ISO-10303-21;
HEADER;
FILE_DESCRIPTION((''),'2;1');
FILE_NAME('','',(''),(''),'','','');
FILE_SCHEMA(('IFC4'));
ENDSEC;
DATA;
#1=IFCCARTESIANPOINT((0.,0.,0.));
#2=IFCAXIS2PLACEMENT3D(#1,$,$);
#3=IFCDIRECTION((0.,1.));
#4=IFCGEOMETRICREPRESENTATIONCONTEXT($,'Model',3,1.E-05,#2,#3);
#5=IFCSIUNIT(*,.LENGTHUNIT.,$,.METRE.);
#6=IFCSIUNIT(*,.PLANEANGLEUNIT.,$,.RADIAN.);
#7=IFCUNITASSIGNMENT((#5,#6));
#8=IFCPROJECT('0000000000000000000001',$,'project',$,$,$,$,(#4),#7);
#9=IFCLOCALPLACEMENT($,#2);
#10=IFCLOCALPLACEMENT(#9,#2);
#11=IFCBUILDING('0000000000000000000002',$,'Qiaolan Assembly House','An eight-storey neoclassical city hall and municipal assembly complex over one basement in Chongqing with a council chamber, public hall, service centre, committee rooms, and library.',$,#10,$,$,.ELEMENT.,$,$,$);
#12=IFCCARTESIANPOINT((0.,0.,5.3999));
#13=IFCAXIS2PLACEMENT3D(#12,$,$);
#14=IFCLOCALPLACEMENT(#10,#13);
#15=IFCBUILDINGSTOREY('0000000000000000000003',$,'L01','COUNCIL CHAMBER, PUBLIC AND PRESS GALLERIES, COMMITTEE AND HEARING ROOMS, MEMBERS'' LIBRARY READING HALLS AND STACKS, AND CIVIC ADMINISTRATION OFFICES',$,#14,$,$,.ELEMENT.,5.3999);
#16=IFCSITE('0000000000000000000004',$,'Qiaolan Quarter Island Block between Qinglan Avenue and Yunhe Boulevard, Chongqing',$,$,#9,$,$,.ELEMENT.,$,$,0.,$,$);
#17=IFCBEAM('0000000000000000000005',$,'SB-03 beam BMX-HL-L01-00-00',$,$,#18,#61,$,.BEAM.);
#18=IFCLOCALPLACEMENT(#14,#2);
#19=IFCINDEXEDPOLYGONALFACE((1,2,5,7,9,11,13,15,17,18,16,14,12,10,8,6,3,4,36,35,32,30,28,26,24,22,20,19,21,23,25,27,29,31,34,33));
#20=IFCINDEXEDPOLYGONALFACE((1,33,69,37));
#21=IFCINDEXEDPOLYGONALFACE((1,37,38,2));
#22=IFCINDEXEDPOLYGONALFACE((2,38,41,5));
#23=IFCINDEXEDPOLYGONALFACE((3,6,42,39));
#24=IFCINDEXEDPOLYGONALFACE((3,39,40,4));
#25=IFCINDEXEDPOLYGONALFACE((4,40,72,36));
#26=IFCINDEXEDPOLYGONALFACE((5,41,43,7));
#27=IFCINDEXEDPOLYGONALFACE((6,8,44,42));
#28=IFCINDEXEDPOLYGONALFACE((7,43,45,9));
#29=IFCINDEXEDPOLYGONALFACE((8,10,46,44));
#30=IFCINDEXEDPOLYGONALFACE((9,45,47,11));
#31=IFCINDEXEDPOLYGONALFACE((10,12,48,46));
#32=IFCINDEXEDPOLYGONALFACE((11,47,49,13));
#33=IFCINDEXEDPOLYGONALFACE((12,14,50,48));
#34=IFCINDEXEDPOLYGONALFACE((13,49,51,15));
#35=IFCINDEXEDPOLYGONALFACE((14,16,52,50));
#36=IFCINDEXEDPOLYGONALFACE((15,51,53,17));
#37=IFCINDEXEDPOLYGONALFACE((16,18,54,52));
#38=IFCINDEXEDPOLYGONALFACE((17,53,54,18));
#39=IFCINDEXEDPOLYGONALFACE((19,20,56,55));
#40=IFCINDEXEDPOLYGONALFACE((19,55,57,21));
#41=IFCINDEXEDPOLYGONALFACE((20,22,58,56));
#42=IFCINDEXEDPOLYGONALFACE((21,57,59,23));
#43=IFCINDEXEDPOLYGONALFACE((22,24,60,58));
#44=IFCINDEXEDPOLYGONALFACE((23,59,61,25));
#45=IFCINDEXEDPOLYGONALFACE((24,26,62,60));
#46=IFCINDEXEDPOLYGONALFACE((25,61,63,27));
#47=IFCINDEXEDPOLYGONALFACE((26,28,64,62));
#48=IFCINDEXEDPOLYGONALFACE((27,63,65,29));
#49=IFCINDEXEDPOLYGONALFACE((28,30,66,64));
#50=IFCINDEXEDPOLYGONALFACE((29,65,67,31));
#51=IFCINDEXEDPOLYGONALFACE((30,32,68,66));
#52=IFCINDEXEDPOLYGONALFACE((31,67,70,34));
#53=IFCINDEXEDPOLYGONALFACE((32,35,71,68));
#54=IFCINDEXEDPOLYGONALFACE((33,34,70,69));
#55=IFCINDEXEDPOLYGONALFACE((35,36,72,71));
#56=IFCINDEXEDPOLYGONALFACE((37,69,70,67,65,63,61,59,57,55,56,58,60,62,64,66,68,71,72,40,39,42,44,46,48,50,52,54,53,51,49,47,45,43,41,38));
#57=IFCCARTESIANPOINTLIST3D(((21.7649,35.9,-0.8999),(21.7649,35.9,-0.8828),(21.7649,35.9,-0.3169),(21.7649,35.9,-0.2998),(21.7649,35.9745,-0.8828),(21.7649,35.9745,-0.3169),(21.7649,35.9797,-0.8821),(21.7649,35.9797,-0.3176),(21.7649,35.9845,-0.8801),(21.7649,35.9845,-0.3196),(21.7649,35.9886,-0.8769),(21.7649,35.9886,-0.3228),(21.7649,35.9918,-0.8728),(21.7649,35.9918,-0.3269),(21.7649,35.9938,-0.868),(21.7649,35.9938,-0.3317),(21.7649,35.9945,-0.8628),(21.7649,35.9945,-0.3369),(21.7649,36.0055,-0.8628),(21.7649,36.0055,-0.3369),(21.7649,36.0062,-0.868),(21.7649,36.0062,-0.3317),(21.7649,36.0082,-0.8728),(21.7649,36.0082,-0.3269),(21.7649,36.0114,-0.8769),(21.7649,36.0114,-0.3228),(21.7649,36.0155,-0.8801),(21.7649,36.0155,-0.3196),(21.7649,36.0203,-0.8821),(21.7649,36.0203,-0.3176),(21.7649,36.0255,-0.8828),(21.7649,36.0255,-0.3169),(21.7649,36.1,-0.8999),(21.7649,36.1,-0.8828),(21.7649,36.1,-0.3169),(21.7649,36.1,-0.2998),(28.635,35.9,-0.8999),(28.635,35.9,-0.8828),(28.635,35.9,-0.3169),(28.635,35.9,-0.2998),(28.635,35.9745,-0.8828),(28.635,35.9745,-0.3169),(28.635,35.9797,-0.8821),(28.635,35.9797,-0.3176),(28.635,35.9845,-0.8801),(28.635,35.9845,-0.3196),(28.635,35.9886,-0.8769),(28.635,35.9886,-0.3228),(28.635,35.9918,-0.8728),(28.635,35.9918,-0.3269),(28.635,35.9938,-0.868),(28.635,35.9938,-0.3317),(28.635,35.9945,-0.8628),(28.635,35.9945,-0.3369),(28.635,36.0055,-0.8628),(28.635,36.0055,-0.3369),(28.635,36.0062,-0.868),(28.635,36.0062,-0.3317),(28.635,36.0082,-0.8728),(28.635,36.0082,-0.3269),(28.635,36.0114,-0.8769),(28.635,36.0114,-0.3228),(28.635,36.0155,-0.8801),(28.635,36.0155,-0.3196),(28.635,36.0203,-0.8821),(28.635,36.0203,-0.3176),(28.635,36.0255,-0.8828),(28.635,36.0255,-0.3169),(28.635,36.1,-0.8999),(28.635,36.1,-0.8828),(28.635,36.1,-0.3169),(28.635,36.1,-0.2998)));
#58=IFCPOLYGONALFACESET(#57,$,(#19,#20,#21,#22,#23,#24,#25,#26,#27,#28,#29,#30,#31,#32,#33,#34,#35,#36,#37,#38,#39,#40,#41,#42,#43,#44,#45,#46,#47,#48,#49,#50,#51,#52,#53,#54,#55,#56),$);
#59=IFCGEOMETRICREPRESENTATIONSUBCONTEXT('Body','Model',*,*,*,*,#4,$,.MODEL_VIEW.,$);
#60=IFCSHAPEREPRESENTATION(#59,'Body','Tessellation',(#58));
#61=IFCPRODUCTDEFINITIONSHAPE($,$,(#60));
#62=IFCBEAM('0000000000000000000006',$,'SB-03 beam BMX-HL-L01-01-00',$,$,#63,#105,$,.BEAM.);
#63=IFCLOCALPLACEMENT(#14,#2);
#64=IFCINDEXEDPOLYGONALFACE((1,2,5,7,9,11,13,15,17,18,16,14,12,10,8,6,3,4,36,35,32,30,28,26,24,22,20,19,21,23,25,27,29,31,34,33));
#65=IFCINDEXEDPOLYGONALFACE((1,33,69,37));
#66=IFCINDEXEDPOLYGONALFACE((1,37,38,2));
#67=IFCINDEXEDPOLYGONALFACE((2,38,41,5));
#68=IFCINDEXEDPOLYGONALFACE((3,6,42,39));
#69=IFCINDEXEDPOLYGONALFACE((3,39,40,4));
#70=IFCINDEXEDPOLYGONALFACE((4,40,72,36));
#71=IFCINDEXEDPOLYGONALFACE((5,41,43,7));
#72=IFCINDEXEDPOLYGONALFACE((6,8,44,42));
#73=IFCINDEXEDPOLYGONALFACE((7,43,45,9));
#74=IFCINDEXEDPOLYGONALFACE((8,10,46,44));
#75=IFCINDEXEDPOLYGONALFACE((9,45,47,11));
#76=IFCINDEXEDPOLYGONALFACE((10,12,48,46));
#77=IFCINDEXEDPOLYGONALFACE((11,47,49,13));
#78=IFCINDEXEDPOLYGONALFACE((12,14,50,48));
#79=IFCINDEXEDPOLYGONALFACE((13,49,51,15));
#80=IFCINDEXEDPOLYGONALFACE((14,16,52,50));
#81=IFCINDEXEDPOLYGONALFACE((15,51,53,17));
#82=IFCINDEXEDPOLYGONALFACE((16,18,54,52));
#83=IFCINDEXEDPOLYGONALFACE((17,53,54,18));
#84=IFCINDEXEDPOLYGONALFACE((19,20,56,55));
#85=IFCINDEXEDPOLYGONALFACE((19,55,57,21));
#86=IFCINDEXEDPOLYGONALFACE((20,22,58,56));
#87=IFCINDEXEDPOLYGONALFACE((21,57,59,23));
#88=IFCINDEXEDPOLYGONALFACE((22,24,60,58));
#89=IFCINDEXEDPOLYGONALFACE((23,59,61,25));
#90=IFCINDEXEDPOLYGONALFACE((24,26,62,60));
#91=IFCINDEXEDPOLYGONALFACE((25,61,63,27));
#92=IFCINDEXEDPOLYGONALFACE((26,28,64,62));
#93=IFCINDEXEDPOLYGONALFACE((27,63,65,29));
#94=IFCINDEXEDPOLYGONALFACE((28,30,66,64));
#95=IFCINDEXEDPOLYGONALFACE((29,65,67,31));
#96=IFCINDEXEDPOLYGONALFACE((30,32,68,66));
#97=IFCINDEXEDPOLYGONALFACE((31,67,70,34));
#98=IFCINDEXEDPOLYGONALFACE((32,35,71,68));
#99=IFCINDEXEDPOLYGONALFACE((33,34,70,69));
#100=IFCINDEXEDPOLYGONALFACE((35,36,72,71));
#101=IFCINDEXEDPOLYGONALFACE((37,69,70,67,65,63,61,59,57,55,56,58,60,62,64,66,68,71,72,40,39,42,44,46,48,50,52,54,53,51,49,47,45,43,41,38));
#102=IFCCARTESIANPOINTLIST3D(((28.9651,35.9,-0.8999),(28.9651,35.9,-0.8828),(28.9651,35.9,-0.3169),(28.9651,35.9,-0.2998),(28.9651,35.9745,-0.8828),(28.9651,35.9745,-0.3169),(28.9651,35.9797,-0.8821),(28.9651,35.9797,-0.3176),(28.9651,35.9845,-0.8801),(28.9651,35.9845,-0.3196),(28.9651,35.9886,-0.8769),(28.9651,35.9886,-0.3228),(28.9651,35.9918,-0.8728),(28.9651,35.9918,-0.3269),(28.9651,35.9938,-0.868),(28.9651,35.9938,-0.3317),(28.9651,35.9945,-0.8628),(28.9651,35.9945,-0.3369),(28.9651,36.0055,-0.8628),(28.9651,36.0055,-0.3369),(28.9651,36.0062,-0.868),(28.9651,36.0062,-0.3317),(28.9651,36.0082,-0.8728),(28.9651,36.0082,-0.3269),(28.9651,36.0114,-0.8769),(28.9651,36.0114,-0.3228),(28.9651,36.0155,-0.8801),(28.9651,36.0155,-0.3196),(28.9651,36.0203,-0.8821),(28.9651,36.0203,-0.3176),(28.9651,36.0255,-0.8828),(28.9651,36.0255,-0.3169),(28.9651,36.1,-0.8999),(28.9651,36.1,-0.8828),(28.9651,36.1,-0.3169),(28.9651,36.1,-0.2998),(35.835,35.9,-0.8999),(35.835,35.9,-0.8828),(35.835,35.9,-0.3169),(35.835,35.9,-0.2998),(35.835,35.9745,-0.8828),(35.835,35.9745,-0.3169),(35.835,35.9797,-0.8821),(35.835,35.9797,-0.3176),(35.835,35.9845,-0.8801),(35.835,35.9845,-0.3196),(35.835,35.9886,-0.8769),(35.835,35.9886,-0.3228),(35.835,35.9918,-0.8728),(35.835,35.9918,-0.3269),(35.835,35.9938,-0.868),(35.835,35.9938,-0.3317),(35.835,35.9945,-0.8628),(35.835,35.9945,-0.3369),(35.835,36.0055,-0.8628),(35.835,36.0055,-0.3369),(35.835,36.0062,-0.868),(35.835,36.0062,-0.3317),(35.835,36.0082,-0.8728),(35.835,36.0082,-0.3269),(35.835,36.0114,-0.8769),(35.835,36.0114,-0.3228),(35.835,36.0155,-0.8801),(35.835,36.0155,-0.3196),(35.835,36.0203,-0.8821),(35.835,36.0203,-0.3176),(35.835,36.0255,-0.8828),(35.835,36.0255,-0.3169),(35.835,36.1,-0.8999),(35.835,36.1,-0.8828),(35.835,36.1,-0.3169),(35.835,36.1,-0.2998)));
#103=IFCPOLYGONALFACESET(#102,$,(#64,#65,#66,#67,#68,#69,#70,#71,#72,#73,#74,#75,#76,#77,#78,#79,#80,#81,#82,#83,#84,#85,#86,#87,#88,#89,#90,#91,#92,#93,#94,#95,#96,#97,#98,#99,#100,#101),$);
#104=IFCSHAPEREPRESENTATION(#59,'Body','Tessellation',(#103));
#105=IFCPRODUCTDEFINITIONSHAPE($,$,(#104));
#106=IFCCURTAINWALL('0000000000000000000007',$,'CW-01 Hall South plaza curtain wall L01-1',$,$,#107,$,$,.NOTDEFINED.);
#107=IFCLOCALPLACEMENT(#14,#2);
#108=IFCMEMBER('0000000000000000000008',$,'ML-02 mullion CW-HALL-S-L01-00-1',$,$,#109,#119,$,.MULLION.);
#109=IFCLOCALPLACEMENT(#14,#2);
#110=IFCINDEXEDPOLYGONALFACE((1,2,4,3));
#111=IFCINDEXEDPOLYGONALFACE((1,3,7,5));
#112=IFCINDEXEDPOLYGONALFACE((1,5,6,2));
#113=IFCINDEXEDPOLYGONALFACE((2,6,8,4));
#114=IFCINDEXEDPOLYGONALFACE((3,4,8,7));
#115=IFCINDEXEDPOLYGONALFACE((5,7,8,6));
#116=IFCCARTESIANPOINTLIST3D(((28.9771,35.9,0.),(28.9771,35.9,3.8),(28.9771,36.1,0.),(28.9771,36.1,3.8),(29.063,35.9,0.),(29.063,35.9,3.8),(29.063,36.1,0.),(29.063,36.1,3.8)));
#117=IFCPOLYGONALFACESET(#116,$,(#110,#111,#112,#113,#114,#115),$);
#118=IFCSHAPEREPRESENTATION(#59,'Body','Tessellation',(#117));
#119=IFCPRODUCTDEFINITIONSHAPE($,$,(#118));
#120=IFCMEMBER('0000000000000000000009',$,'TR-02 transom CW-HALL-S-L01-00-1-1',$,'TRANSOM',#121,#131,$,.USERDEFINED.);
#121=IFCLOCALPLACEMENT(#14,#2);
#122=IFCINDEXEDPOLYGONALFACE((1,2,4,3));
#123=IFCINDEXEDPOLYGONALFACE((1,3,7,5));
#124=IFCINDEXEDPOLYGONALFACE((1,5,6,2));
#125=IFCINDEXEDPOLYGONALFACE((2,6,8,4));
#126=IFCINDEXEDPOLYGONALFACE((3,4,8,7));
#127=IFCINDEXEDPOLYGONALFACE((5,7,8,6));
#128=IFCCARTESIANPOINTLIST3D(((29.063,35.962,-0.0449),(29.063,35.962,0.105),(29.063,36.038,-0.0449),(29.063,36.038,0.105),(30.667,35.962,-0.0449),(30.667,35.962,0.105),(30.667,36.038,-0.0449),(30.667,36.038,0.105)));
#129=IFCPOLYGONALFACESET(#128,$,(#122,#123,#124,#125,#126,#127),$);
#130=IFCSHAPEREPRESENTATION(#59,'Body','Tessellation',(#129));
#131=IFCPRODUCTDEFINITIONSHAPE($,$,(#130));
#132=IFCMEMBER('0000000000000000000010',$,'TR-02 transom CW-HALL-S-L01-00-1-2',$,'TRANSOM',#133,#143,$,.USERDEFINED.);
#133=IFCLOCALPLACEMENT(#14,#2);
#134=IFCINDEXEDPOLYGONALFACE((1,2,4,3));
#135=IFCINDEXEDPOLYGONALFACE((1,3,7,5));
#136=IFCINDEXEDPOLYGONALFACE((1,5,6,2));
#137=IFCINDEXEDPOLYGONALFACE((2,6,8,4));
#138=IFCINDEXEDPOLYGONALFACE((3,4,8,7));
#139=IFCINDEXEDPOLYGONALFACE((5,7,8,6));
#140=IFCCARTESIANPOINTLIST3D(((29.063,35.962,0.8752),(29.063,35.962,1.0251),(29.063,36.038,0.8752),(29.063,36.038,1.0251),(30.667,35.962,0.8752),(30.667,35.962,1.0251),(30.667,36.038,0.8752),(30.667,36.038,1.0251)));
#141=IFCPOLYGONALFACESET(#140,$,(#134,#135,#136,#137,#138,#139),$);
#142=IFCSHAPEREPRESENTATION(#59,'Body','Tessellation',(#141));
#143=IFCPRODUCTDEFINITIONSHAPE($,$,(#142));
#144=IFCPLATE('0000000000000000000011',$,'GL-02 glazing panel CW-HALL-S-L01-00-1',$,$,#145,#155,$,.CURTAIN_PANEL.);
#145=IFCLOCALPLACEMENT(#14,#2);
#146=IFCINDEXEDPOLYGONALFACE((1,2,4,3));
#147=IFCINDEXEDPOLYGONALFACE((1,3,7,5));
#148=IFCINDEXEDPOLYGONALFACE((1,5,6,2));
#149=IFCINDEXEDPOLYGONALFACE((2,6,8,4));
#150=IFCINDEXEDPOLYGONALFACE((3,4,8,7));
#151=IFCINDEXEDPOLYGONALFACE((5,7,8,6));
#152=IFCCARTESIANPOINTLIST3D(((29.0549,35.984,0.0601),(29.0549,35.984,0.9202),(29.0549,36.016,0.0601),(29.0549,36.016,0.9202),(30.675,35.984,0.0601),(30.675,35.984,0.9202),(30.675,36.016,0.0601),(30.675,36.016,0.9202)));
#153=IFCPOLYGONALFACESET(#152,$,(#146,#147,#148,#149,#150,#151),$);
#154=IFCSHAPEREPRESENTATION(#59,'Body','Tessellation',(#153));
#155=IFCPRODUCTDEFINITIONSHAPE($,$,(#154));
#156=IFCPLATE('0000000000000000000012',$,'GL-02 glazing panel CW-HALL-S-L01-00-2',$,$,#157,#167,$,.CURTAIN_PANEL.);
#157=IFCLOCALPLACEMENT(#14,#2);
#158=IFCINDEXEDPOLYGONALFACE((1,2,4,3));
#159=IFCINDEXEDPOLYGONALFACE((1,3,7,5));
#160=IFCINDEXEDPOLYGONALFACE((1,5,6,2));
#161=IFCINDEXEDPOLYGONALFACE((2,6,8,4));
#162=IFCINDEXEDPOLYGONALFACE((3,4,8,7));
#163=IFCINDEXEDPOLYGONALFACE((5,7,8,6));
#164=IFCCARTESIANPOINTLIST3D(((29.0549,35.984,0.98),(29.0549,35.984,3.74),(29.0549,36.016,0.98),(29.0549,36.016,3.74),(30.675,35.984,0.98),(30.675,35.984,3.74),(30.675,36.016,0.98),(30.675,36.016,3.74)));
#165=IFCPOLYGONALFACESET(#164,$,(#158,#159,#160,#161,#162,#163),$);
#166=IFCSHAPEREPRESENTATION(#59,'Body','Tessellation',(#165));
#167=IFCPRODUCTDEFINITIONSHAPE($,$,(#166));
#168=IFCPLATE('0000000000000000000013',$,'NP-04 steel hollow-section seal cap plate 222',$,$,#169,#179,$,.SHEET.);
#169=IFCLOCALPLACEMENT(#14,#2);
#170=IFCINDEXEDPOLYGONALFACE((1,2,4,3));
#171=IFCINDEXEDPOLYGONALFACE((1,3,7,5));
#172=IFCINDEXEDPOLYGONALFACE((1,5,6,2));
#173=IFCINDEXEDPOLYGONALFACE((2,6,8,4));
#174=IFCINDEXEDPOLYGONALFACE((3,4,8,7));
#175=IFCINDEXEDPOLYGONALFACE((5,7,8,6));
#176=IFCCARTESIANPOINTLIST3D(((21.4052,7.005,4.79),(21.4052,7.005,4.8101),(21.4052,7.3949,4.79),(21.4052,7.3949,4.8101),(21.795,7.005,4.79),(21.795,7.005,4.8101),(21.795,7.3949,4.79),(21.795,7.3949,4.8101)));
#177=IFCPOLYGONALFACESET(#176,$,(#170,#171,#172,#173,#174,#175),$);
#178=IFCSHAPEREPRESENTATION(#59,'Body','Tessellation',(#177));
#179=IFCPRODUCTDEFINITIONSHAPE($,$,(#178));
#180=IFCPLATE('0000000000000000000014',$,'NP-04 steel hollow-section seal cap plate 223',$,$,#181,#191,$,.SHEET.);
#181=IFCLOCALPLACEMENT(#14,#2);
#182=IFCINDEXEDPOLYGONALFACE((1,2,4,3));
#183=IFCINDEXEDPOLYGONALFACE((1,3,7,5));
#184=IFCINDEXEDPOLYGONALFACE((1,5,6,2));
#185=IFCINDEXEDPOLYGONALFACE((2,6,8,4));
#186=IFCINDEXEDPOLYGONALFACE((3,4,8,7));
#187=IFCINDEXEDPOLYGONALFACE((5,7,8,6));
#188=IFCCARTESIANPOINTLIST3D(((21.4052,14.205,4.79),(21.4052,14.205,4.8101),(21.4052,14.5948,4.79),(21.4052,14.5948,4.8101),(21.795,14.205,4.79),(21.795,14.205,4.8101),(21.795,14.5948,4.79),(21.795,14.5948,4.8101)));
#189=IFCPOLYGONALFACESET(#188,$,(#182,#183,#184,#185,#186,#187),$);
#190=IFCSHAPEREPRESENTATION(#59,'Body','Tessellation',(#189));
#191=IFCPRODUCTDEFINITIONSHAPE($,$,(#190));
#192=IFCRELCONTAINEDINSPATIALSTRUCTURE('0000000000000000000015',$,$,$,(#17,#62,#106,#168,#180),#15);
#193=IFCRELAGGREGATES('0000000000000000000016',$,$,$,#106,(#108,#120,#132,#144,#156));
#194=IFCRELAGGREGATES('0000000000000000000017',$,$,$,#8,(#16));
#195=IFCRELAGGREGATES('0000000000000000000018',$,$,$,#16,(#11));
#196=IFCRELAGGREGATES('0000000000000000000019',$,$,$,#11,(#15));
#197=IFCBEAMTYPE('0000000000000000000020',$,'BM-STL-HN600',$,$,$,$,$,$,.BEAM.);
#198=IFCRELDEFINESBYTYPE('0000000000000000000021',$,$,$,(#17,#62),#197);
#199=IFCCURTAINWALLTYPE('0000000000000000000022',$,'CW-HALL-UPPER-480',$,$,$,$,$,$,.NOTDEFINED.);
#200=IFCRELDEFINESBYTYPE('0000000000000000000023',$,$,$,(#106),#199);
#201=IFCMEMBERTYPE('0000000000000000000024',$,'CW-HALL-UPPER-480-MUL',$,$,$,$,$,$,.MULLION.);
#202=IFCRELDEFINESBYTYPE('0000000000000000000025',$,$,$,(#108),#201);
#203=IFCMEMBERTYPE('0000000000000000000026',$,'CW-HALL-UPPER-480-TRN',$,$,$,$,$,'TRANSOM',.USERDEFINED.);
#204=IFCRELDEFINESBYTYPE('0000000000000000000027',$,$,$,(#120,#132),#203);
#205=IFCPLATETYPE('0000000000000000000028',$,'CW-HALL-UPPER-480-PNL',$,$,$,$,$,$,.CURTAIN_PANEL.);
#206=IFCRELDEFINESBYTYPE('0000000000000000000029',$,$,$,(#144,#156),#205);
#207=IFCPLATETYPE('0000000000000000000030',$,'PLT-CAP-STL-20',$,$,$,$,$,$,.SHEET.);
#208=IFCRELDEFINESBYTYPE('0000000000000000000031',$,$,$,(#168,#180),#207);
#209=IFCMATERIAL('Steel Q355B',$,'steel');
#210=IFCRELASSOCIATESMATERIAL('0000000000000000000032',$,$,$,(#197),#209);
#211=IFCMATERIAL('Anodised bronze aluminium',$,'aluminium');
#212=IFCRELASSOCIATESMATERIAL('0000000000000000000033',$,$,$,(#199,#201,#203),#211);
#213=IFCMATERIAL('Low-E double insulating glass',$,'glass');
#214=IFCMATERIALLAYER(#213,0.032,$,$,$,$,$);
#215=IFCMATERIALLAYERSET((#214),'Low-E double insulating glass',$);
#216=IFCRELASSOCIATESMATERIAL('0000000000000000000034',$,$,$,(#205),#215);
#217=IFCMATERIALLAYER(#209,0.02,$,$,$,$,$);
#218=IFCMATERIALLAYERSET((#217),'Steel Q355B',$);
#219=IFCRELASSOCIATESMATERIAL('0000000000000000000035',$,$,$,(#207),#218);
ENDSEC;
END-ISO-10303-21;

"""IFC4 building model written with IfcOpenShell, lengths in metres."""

from ifc_helpers import new_model, si_unit, direction, frame, frame_2d, origin, origin_2d, place, context, subcontext, project, spatial, rectangle, i_section, extrude, material, layer, layer_set, material_profile, profile_set, type_object, element, aggregate, save


model = new_model("IFC4")

# Units and contexts
model_context = context("Model", 3, precision=1e-05, world=origin(), true_north=direction((0.0, 1.0)))
body_context = subcontext(model_context, "Body", "Model", "MODEL_VIEW")
ifc_project = project(units=[si_unit("LENGTHUNIT", "METRE"), si_unit("PLANEANGLEUNIT", "RADIAN")], contexts=[model_context])

# Site, building, storey
site_placement = place(None, origin())
site = spatial("IfcSite", under=ifc_project, at=site_placement, Name="Qiaolan Quarter Island Block between Qinglan Avenue and Yunhe Boulevard, Chongqing", CompositionType="ELEMENT", RefElevation=0.0)
building_placement = place(site_placement, origin())
building = spatial("IfcBuilding", under=site, at=building_placement, Name="Qiaolan Assembly House", Description="An eight-storey neoclassical city hall and municipal assembly complex over one basement in Chongqing with a council chamber, public hall, service centre, committee rooms, and library.", CompositionType="ELEMENT")
storey_placement = place(building_placement, frame((0.0, 0.0, 5.3999)))
storey = spatial("IfcBuildingStorey", under=building, at=storey_placement, Name="L01", Description="COUNCIL CHAMBER, PUBLIC AND PRESS GALLERIES, COMMITTEE AND HEARING ROOMS, MEMBERS' LIBRARY READING HALLS AND STACKS, AND CIVIC ADMINISTRATION OFFICES", CompositionType="ELEMENT", Elevation=5.3999)

# Shared definitions
ifc_material_1 = material(Name="Steel Q355B", Category="steel")

# Beams
ifc_material_profile_1 = material_profile(ifc_material_1, i_section(OverallWidth=0.2, OverallDepth=0.6001, WebThickness=0.011, FlangeThickness=0.0171, FilletRadius=0.02, at=origin_2d()), Name="HN 600x200x11x17")
ifc_profile_set_1 = profile_set([ifc_material_profile_1], Name="Steel Q355B")
beam_type = type_object("IfcBeamType", Name="BM-STL-HN600", PredefinedType="BEAM", material=ifc_profile_set_1)
beam_1_placement = place(storey_placement, frame((21.7649, 36.0, -0.5999), z_axis=(1.0, 0.0, 0.0), x_axis=(0.0, 1.0, 0.0)))
element("IfcBeam", 1, at=beam_1_placement, inside=storey, type_object=beam_type, Name="SB-03 beam BMX-HL-L01-00-00", PredefinedType="BEAM", context=body_context, shape_type="SweptSolid", body=[
    extrude(i_section(OverallWidth=0.2, OverallDepth=0.6001, WebThickness=0.011, FlangeThickness=0.0171, FilletRadius=0.02, at=origin_2d()), origin(), (0.0, 0.0, 1.0), 6.8701),
])
beam_2_placement = place(storey_placement, frame((28.9651, 36.0, -0.5999), z_axis=(1.0, 0.0, 0.0), x_axis=(0.0, 1.0, 0.0)))
element("IfcBeam", 2, at=beam_2_placement, inside=storey, type_object=beam_type, Name="SB-03 beam BMX-HL-L01-01-00", PredefinedType="BEAM", context=body_context, shape_type="SweptSolid", body=[
    extrude(i_section(OverallWidth=0.2, OverallDepth=0.6001, WebThickness=0.011, FlangeThickness=0.0171, FilletRadius=0.02, at=origin_2d()), origin(), (0.0, 0.0, 1.0), 6.8699),
])

# Curtain wall, members, plates
ifc_material_2 = material(Name="Anodised bronze aluminium", Category="aluminium")
curtain_wall_type = type_object("IfcCurtainWallType", Name="CW-HALL-UPPER-480", PredefinedType="NOTDEFINED", material=ifc_material_2)
curtain_wall_placement = place(storey_placement, origin())
curtain_wall = element("IfcCurtainWall", 3, at=curtain_wall_placement, inside=storey, type_object=curtain_wall_type, Name="CW-01 Hall South plaza curtain wall L01-1", PredefinedType="NOTDEFINED")
ifc_material_profile_2 = material_profile(ifc_material_2, rectangle(XDim=0.0859, YDim=0.2, at=origin_2d()), Name="MUL 86x200")
ifc_profile_set_2 = profile_set([ifc_material_profile_2], Name="Anodised bronze aluminium")
member_type_1 = type_object("IfcMemberType", Name="CW-HALL-UPPER-480-MUL", PredefinedType="MULLION", material=ifc_profile_set_2)
member_1_placement = place(storey_placement, frame((29.02, 36.0, 0.0), z_axis=(0.0, 0.0, 1.0), x_axis=(1.0, 0.0, 0.0)))
member_1 = element("IfcMember", 4, at=member_1_placement, type_object=member_type_1, Name="ML-02 mullion CW-HALL-S-L01-00-1", PredefinedType="MULLION", context=body_context, shape_type="SweptSolid", body=[
    extrude(rectangle(XDim=0.0859, YDim=0.2, at=origin_2d()), origin(), (0.0, 0.0, 1.0), 3.8),
])
ifc_material_profile_3 = material_profile(ifc_material_2, rectangle(XDim=0.0759, YDim=0.1499, at=origin_2d()), Name="TRN 76x150")
ifc_profile_set_3 = profile_set([ifc_material_profile_3], Name="Anodised bronze aluminium")
member_type_2 = type_object("IfcMemberType", Name="CW-HALL-UPPER-480-TRN", ElementType="TRANSOM", PredefinedType="USERDEFINED", material=ifc_profile_set_3)
member_2_placement = place(storey_placement, frame((29.063, 36.0, 0.03), z_axis=(1.0, 0.0, 0.0), x_axis=(0.0, 1.0, 0.0)))
member_2 = element("IfcMember", 5, at=member_2_placement, type_object=member_type_2, Name="TR-02 transom CW-HALL-S-L01-00-1-1", ObjectType="TRANSOM", PredefinedType="USERDEFINED", context=body_context, shape_type="SweptSolid", body=[
    extrude(rectangle(XDim=0.0759, YDim=0.1499, at=origin_2d()), origin(), (0.0, 0.0, 1.0), 1.604),
])
member_3_placement = place(storey_placement, frame((29.063, 36.0, 0.9502), z_axis=(1.0, 0.0, 0.0), x_axis=(0.0, 1.0, 0.0)))
member_3 = element("IfcMember", 6, at=member_3_placement, type_object=member_type_2, Name="TR-02 transom CW-HALL-S-L01-00-1-2", ObjectType="TRANSOM", PredefinedType="USERDEFINED", context=body_context, shape_type="SweptSolid", body=[
    extrude(rectangle(XDim=0.0759, YDim=0.1499, at=origin_2d()), origin(), (0.0, 0.0, 1.0), 1.604),
])
ifc_material_3 = material(Name="Low-E double insulating glass", Category="glass")
ifc_layer_1 = layer(ifc_material_3, 0.032)
ifc_layer_set_1 = layer_set([ifc_layer_1], Name="Low-E double insulating glass")
plate_type_1 = type_object("IfcPlateType", Name="CW-HALL-UPPER-480-PNL", PredefinedType="CURTAIN_PANEL", material=ifc_layer_set_1)
plate_1_placement = place(storey_placement, frame((29.0549, 36.0, 0.0601), z_axis=(0.0, 0.0, 1.0), x_axis=(1.0, 0.0, 0.0)))
plate_1 = element("IfcPlate", 7, at=plate_1_placement, type_object=plate_type_1, Name="GL-02 glazing panel CW-HALL-S-L01-00-1", PredefinedType="CURTAIN_PANEL", context=body_context, shape_type="SweptSolid", body=[
    extrude(rectangle(XDim=1.6201, YDim=0.032, at=frame_2d((0.8101, 0.0))), origin(), (0.0, 0.0, 1.0), 0.8601),
])
plate_2_placement = place(storey_placement, frame((29.0549, 36.0, 0.98), z_axis=(0.0, 0.0, 1.0), x_axis=(1.0, 0.0, 0.0)))
plate_2 = element("IfcPlate", 8, at=plate_2_placement, type_object=plate_type_1, Name="GL-02 glazing panel CW-HALL-S-L01-00-2", PredefinedType="CURTAIN_PANEL", context=body_context, shape_type="SweptSolid", body=[
    extrude(rectangle(XDim=1.6201, YDim=0.032, at=frame_2d((0.8101, 0.0))), origin(), (0.0, 0.0, 1.0), 2.76),
])
aggregate(curtain_wall, [member_1, member_2, member_3, plate_1, plate_2])

# Plates
ifc_layer_2 = layer(ifc_material_1, 0.02)
ifc_layer_set_2 = layer_set([ifc_layer_2], Name="Steel Q355B")
plate_type_2 = type_object("IfcPlateType", Name="PLT-CAP-STL-20", PredefinedType="SHEET", material=ifc_layer_set_2)
for number, where, z_axis, x_axis, name in (
    (9, (21.6001, 7.2, 4.79), (0.0, 0.0, 1.0), (1.0, 0.0, 0.0), "NP-04 steel hollow-section seal cap plate 222"),
    (10, (21.6001, 14.3999, 4.79), (0.0, 0.0, 1.0), (1.0, 0.0, 0.0), "NP-04 steel hollow-section seal cap plate 223"),
):
    element("IfcPlate", number, at=place(storey_placement, frame(where, z_axis=z_axis, x_axis=x_axis)), inside=storey, type_object=plate_type_2, Name=name, PredefinedType="SHEET", context=body_context, shape_type="SweptSolid", body=[
        extrude(rectangle(XDim=0.3899, YDim=0.3899, at=origin_2d()), origin(), (0.0, 0.0, 1.0), 0.02),
    ])

save(model, "model.ifc")
